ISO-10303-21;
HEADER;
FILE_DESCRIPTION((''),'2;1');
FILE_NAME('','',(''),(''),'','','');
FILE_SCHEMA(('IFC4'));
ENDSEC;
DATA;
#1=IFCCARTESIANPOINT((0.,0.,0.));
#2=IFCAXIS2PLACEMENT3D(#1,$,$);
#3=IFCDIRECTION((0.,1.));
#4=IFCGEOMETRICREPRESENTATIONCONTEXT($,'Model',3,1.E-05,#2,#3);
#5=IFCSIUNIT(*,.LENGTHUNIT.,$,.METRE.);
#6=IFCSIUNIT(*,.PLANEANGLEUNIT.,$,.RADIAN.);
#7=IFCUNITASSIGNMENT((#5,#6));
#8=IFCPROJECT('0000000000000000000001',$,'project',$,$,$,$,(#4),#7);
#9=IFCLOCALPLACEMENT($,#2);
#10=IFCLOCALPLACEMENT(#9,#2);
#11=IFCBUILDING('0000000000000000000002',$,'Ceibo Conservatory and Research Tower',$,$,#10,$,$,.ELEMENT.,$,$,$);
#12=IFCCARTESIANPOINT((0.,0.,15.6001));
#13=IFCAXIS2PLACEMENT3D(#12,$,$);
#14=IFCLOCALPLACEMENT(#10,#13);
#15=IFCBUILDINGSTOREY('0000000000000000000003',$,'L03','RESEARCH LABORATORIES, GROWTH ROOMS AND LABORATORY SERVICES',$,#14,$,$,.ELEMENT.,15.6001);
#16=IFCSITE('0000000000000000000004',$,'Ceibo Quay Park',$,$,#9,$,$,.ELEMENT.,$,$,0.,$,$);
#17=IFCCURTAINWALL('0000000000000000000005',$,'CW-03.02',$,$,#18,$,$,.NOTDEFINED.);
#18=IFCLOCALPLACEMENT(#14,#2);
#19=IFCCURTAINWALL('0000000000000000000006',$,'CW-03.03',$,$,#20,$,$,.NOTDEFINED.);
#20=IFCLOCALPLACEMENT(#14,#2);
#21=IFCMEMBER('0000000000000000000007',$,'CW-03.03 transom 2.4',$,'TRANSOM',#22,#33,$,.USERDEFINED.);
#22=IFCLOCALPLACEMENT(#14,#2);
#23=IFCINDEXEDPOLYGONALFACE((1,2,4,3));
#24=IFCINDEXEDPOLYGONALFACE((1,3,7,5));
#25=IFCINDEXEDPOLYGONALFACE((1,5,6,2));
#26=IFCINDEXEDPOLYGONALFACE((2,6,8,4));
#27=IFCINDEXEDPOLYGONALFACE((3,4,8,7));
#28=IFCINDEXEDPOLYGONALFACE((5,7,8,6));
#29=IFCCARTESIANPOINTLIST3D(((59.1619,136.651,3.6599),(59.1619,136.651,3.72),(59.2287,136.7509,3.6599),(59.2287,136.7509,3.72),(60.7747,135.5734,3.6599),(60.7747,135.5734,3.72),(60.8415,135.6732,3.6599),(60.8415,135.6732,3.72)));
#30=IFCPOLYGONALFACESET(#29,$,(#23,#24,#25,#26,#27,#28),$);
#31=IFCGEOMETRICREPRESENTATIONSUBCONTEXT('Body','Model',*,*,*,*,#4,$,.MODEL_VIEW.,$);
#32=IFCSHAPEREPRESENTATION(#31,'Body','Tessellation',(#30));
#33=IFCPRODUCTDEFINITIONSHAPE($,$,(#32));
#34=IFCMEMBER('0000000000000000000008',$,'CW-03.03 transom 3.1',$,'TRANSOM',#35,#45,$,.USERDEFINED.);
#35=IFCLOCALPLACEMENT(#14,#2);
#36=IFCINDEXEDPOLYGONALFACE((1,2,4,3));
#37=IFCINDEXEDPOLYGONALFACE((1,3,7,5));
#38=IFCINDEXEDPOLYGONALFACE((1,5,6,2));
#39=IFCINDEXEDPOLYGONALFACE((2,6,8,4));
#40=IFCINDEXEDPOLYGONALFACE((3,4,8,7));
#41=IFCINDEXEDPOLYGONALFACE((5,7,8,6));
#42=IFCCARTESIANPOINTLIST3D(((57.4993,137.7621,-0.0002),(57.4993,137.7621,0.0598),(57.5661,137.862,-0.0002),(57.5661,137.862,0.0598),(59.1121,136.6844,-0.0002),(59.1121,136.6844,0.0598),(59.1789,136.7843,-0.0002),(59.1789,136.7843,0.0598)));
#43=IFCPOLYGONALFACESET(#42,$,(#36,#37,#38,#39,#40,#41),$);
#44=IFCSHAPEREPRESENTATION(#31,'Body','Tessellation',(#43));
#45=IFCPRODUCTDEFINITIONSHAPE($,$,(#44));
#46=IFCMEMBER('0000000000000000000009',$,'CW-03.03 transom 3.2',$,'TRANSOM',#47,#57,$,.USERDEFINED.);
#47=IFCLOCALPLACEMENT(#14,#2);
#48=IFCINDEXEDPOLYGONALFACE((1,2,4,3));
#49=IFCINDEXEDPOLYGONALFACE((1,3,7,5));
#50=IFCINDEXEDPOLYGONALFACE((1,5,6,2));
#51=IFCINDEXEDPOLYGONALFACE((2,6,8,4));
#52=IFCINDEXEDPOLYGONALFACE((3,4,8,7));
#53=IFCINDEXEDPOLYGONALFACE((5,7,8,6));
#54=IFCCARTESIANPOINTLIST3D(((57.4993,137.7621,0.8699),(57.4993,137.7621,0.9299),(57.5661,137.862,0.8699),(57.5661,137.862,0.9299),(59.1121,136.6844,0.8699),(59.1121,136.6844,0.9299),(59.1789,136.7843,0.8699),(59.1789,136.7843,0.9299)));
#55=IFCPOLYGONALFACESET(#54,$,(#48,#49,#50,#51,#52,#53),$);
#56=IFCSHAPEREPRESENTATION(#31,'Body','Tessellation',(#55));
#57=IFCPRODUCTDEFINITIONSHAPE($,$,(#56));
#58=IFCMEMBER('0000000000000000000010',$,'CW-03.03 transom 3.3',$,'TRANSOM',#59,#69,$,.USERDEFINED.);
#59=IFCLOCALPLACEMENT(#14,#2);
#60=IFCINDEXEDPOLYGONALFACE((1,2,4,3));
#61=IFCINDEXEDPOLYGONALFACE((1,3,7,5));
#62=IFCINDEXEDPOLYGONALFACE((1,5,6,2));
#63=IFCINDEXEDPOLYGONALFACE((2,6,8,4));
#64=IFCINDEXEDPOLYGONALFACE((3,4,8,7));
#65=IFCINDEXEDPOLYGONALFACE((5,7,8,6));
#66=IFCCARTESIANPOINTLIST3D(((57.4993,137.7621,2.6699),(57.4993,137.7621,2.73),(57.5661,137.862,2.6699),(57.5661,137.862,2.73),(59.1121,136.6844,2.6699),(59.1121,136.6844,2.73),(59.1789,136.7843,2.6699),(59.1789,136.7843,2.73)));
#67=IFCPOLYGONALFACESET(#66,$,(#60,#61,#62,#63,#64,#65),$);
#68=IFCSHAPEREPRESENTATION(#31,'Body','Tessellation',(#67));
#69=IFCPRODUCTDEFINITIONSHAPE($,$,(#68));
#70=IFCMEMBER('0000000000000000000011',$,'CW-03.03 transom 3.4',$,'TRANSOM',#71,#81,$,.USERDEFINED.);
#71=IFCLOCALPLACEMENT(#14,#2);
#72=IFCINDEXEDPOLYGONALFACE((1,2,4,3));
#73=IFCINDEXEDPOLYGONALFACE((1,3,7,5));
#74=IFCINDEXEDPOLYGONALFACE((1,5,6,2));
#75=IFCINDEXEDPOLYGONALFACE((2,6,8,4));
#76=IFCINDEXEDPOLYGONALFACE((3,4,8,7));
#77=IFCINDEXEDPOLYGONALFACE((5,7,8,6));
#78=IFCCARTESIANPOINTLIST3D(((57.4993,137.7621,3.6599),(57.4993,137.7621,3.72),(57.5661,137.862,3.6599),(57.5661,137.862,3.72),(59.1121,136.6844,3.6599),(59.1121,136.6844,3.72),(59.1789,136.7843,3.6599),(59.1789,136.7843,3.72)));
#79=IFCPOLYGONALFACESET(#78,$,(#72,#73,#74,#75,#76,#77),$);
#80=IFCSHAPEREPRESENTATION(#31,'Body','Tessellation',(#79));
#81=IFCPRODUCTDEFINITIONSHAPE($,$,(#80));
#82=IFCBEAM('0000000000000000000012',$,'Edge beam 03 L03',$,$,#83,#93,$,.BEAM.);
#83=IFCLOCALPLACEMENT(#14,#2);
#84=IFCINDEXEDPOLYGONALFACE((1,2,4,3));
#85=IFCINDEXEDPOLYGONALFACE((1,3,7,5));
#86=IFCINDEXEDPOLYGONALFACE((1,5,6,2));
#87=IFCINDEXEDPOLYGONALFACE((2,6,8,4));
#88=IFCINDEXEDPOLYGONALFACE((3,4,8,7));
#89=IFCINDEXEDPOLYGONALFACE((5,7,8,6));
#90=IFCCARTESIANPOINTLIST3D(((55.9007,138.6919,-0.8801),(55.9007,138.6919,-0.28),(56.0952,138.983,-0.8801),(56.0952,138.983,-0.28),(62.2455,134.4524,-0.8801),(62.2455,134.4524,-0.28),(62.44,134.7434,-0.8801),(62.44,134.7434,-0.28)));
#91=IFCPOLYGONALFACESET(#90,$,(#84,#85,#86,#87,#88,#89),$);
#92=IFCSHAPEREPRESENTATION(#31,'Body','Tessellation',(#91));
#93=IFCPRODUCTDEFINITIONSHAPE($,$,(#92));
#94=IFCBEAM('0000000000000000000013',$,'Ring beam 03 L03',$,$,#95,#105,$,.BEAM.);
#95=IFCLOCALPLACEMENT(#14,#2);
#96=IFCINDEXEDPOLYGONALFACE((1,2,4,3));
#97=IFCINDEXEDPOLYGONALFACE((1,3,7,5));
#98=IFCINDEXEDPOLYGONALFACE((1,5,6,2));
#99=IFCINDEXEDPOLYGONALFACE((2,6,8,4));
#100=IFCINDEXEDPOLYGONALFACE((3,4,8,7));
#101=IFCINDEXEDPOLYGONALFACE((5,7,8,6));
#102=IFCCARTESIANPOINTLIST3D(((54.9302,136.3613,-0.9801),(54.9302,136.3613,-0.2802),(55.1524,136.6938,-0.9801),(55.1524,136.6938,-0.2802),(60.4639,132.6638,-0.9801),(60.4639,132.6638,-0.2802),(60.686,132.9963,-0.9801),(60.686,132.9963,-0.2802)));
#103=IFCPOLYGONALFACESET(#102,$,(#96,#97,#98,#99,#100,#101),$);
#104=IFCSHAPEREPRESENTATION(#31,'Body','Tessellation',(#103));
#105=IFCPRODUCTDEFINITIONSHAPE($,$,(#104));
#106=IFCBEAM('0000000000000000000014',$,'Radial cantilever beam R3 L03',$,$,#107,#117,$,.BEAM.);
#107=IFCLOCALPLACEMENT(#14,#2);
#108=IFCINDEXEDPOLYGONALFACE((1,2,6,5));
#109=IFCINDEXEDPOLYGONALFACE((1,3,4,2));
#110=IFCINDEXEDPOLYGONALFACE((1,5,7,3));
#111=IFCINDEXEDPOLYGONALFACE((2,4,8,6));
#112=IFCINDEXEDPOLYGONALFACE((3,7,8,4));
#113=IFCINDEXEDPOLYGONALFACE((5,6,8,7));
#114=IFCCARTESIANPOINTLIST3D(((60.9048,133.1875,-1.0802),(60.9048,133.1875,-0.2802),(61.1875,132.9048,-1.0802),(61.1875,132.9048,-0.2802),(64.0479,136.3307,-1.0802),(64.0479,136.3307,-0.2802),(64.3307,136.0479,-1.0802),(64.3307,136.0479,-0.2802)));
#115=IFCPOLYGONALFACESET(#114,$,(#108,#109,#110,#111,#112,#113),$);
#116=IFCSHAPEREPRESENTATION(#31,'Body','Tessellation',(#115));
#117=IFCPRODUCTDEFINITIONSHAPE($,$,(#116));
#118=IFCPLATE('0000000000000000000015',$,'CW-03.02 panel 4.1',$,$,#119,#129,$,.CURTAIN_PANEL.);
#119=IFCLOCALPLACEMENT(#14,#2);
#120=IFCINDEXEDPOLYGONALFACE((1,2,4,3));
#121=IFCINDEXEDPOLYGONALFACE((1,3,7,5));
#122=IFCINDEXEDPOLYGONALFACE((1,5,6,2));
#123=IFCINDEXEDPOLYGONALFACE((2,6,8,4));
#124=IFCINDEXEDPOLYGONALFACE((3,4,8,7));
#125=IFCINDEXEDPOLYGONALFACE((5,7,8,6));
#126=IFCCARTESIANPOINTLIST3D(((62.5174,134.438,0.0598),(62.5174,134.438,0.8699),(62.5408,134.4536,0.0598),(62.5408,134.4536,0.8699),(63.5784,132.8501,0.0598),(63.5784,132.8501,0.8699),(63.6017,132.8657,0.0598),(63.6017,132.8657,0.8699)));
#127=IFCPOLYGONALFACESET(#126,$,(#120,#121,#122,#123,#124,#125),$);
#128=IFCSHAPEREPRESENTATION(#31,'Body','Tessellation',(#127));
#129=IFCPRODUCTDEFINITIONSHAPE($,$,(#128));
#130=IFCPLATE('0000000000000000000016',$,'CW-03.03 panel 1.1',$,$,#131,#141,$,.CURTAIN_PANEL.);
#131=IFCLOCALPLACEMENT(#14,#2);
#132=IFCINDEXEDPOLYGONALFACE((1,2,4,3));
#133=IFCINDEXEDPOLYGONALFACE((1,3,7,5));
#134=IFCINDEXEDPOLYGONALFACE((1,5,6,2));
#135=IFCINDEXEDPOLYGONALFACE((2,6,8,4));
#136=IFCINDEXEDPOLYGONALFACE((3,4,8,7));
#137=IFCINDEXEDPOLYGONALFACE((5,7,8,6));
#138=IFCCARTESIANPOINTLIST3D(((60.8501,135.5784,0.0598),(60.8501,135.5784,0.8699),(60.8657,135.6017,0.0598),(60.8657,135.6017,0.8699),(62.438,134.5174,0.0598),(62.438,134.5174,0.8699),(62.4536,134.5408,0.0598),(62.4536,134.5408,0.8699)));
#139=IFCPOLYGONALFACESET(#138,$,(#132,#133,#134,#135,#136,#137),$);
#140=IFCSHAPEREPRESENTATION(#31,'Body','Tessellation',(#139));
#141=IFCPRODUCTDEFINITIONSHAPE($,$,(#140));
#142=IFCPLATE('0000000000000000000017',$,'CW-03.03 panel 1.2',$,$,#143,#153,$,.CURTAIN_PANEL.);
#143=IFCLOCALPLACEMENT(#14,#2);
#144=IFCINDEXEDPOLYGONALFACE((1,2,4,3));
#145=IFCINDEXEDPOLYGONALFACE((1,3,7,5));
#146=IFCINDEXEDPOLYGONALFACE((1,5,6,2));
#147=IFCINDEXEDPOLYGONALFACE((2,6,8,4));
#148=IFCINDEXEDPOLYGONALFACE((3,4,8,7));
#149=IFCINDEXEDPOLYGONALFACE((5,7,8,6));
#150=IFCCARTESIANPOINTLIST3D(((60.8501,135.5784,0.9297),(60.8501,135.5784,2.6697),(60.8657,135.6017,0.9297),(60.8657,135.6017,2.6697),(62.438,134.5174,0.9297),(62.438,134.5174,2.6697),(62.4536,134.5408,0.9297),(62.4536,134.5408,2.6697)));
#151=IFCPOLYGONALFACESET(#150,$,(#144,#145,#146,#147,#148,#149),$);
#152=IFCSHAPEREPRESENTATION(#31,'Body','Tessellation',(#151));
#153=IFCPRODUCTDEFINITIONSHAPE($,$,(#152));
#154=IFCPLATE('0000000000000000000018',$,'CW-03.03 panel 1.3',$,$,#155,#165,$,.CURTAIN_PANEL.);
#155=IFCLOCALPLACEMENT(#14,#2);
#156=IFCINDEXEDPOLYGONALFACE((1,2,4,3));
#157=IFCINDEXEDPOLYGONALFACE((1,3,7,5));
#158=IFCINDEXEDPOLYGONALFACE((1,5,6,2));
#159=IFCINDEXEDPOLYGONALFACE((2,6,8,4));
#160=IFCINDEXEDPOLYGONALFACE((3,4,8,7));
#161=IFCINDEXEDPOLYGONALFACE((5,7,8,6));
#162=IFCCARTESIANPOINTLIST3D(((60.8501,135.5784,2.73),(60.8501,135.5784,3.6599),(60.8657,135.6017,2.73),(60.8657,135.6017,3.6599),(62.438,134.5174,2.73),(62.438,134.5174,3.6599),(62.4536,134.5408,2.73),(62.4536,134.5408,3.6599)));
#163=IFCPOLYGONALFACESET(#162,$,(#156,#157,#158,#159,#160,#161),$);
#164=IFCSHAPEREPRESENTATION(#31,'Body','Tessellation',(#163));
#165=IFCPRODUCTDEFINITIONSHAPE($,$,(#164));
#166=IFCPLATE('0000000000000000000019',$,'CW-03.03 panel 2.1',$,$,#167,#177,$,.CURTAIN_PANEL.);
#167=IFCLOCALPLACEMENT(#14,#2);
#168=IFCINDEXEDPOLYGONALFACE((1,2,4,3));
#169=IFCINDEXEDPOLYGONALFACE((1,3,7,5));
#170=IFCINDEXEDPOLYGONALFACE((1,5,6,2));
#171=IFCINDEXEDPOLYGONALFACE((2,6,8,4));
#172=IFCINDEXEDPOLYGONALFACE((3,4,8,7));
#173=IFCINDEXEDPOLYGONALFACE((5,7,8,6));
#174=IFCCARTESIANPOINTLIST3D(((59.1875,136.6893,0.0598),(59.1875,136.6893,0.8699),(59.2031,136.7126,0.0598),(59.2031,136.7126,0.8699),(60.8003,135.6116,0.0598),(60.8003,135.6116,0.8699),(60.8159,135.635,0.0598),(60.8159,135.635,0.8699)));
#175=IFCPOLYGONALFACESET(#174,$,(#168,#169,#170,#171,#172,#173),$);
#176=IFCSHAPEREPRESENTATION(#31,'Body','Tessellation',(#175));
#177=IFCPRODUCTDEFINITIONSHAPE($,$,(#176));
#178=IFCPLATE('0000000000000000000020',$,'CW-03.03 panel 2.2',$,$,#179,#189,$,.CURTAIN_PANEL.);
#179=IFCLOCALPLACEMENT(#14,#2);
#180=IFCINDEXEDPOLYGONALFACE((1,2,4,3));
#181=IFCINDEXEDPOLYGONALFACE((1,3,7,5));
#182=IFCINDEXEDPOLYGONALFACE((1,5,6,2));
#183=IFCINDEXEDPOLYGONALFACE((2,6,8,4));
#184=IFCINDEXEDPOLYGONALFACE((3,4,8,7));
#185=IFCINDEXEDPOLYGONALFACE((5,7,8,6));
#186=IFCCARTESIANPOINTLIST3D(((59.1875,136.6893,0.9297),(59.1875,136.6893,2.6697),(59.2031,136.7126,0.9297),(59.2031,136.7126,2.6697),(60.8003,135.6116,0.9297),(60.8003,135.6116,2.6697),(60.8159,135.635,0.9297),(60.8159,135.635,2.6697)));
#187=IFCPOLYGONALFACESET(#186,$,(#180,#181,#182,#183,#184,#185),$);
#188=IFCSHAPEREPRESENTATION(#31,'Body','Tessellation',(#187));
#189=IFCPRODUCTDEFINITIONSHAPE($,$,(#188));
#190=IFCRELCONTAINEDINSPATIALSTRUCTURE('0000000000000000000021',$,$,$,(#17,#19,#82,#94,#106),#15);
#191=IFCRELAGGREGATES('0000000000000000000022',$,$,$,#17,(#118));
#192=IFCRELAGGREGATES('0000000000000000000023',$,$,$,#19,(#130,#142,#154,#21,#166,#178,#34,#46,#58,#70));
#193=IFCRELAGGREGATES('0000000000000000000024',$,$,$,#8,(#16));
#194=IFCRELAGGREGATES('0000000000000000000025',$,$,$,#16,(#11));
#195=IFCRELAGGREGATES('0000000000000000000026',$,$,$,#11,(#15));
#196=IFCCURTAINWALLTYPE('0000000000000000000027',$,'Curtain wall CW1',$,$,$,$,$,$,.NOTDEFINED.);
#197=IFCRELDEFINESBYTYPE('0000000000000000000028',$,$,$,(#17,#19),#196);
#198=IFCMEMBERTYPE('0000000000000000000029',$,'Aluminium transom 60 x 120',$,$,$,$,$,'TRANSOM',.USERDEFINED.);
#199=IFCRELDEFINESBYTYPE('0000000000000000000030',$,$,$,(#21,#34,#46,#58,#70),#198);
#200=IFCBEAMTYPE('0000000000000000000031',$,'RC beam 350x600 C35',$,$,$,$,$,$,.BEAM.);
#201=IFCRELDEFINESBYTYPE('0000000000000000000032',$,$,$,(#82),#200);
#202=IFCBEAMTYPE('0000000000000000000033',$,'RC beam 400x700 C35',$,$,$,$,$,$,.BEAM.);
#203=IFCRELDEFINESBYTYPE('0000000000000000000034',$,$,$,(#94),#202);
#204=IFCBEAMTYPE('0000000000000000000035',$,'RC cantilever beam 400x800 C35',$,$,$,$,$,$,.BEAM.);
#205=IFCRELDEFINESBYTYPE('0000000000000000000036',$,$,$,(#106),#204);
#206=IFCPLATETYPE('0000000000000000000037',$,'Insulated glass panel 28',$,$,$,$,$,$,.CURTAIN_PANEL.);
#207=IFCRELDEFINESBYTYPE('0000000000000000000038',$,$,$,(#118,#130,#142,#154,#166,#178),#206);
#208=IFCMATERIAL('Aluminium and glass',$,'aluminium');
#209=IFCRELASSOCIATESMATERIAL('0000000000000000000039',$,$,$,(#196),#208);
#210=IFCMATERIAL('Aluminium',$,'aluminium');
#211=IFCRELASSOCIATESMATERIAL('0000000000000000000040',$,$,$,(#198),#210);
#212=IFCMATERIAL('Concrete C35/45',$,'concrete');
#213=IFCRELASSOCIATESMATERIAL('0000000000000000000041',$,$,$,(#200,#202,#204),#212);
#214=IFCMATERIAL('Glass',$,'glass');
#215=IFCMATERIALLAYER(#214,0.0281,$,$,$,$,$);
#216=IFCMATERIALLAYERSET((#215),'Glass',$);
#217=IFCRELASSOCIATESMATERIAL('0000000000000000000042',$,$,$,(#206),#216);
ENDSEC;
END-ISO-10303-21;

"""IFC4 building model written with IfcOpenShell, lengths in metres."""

from ifc_helpers import new_model, si_unit, direction, frame, origin, origin_2d, place, context, subcontext, project, spatial, rectangle, extrude, material, layer, layer_set, material_profile, profile_set, type_object, element, aggregate, save


model = new_model("IFC4")

# Units and contexts
model_context = context("Model", 3, precision=1e-05, world=origin(), true_north=direction((0.0, 1.0)))
body_context = subcontext(model_context, "Body", "Model", "MODEL_VIEW")
ifc_project = project(units=[si_unit("LENGTHUNIT", "METRE"), si_unit("PLANEANGLEUNIT", "RADIAN")], contexts=[model_context])

# Site, building, storey
site_placement = place(None, origin())
site = spatial("IfcSite", under=ifc_project, at=site_placement, Name="Ceibo Quay Park", CompositionType="ELEMENT", RefElevation=0.0)
building_placement = place(site_placement, origin())
building = spatial("IfcBuilding", under=site, at=building_placement, Name="Ceibo Conservatory and Research Tower", CompositionType="ELEMENT")
storey_placement = place(building_placement, frame((0.0, 0.0, 15.6001)))
storey = spatial("IfcBuildingStorey", under=building, at=storey_placement, Name="L03", Description="RESEARCH LABORATORIES, GROWTH ROOMS AND LABORATORY SERVICES", CompositionType="ELEMENT", Elevation=15.6001)

# Shared definitions
ifc_material_1 = material(Name="Concrete C35/45", Category="concrete")

# Curtain wall
ifc_material_2 = material(Name="Aluminium and glass", Category="aluminium")
curtain_wall_type = type_object("IfcCurtainWallType", Name="Curtain wall CW1", PredefinedType="NOTDEFINED", material=ifc_material_2)
curtain_wall_1_placement = place(storey_placement, origin())
curtain_wall_1 = element("IfcCurtainWall", 1, at=curtain_wall_1_placement, inside=storey, type_object=curtain_wall_type, Name="CW-03.02", PredefinedType="NOTDEFINED")
ifc_material_3 = material(Name="Aluminium", Category="aluminium")

# Curtain wall, members
curtain_wall_2_placement = place(storey_placement, origin())
curtain_wall_2 = element("IfcCurtainWall", 2, at=curtain_wall_2_placement, inside=storey, type_object=curtain_wall_type, Name="CW-03.03", PredefinedType="NOTDEFINED")
ifc_material_profile_1 = material_profile(ifc_material_3, rectangle(XDim=0.1201, YDim=0.0601, at=origin_2d()), Name="Aluminium 60 x 120")
ifc_profile_set_1 = profile_set([ifc_material_profile_1], Name="Aluminium")
member_type_1 = type_object("IfcMemberType", Name="Aluminium transom 60 x 120", ElementType="TRANSOM", PredefinedType="USERDEFINED", material=ifc_profile_set_1)
member_1_placement = place(storey_placement, frame((60.8081, 135.6233, 3.6899), z_axis=(-0.831469, 0.555571, 0.0), x_axis=(-0.555571, -0.831469, 0.0)))
member_1 = element("IfcMember", 3, at=member_1_placement, type_object=member_type_1, Name="CW-03.03 transom 2.4", ObjectType="TRANSOM", PredefinedType="USERDEFINED", context=body_context, shape_type="SweptSolid", body=[
    extrude(rectangle(XDim=0.1201, YDim=0.0601, at=origin_2d()), origin(), (0.0, 0.0, 1.0), 1.9397),
])
member_2_placement = place(storey_placement, frame((59.1455, 136.7344, 0.0298), z_axis=(-0.831469, 0.555571, 0.0), x_axis=(-0.555571, -0.831469, 0.0)))
member_2 = element("IfcMember", 4, at=member_2_placement, type_object=member_type_1, Name="CW-03.03 transom 3.1", ObjectType="TRANSOM", PredefinedType="USERDEFINED", context=body_context, shape_type="SweptSolid", body=[
    extrude(rectangle(XDim=0.1201, YDim=0.0601, at=origin_2d()), origin(), (0.0, 0.0, 1.0), 1.9397),
])
member_3_placement = place(storey_placement, frame((59.1455, 136.7344, 0.8999), z_axis=(-0.831469, 0.555571, 0.0), x_axis=(-0.555571, -0.831469, 0.0)))
member_3 = element("IfcMember", 5, at=member_3_placement, type_object=member_type_1, Name="CW-03.03 transom 3.2", ObjectType="TRANSOM", PredefinedType="USERDEFINED", context=body_context, shape_type="SweptSolid", body=[
    extrude(rectangle(XDim=0.1201, YDim=0.0601, at=origin_2d()), origin(), (0.0, 0.0, 1.0), 1.9397),
])
member_4_placement = place(storey_placement, frame((59.1455, 136.7344, 2.7), z_axis=(-0.831469, 0.555571, 0.0), x_axis=(-0.555571, -0.831469, 0.0)))
member_4 = element("IfcMember", 6, at=member_4_placement, type_object=member_type_1, Name="CW-03.03 transom 3.3", ObjectType="TRANSOM", PredefinedType="USERDEFINED", context=body_context, shape_type="SweptSolid", body=[
    extrude(rectangle(XDim=0.1201, YDim=0.0601, at=origin_2d()), origin(), (0.0, 0.0, 1.0), 1.9397),
])
member_5_placement = place(storey_placement, frame((59.1455, 136.7344, 3.6899), z_axis=(-0.831469, 0.555571, 0.0), x_axis=(-0.555571, -0.831469, 0.0)))
member_5 = element("IfcMember", 7, at=member_5_placement, type_object=member_type_1, Name="CW-03.03 transom 3.4", ObjectType="TRANSOM", PredefinedType="USERDEFINED", context=body_context, shape_type="SweptSolid", body=[
    extrude(rectangle(XDim=0.1201, YDim=0.0601, at=origin_2d()), origin(), (0.0, 0.0, 1.0), 1.9397),
])

# Beams
ifc_material_profile_2 = material_profile(ifc_material_1, rectangle(XDim=0.3501, YDim=0.6001, at=origin_2d()), Name="RC 350x600")
ifc_profile_set_2 = profile_set([ifc_material_profile_2], Name="Concrete C35/45")
beam_type_1 = type_object("IfcBeamType", Name="RC beam 350x600 C35", PredefinedType="BEAM", material=ifc_profile_set_2)
beam_1_placement = place(storey_placement, frame((62.3428, 134.5979, -0.5801), z_axis=(-0.831464, 0.555578, 0.0), x_axis=(-0.555578, -0.831464, 0.0)))
element("IfcBeam", 8, at=beam_1_placement, inside=storey, type_object=beam_type_1, Name="Edge beam 03 L03", PredefinedType="BEAM", context=body_context, shape_type="SweptSolid", body=[
    extrude(rectangle(XDim=0.3501, YDim=0.6001, at=origin_2d()), origin(), (0.0, 0.0, 1.0), 7.6309),
])
ifc_material_profile_3 = material_profile(ifc_material_1, rectangle(XDim=0.3999, YDim=0.7, at=origin_2d()), Name="RC 400x700")
ifc_profile_set_3 = profile_set([ifc_material_profile_3], Name="Concrete C35/45")
beam_type_2 = type_object("IfcBeamType", Name="RC beam 400x700 C35", PredefinedType="BEAM", material=ifc_profile_set_3)
beam_2_placement = place(storey_placement, frame((60.575, 132.8301, -0.6301), z_axis=(-0.831469, 0.555572, 0.0), x_axis=(-0.555572, -0.831469, 0.0)))
element("IfcBeam", 9, at=beam_2_placement, inside=storey, type_object=beam_type_2, Name="Ring beam 03 L03", PredefinedType="BEAM", context=body_context, shape_type="SweptSolid", body=[
    extrude(rectangle(XDim=0.3999, YDim=0.7, at=origin_2d()), origin(), (0.0, 0.0, 1.0), 6.6553),
])
ifc_material_profile_4 = material_profile(ifc_material_1, rectangle(XDim=0.3999, YDim=0.8, at=origin_2d()), Name="RC 400x800")
ifc_profile_set_4 = profile_set([ifc_material_profile_4], Name="Concrete C35/45")
beam_type_3 = type_object("IfcBeamType", Name="RC cantilever beam 400x800 C35", PredefinedType="BEAM", material=ifc_profile_set_4)
beam_3_placement = place(storey_placement, frame((61.0461, 133.0461, -0.6802), z_axis=(0.707107, 0.707107, 0.0), x_axis=(-0.707107, 0.707107, 0.0)))
element("IfcBeam", 10, at=beam_3_placement, inside=storey, type_object=beam_type_3, Name="Radial cantilever beam R3 L03", PredefinedType="BEAM", context=body_context, shape_type="SweptSolid", body=[
    extrude(rectangle(XDim=0.3999, YDim=0.8, at=origin_2d()), origin(), (0.0, 0.0, 1.0), 4.4451),
])

# Plates
ifc_material_4 = material(Name="Glass", Category="glass")
ifc_layer = layer(ifc_material_4, 0.0281)
ifc_layer_set = layer_set([ifc_layer], Name="Glass")
plate_type = type_object("IfcPlateType", Name="Insulated glass panel 28", PredefinedType="CURTAIN_PANEL", material=ifc_layer_set)
plate_1_placement = place(storey_placement, frame((63.0596, 133.6519, 0.0598), z_axis=(0.0, 0.0, 1.0), x_axis=(-0.55557, 0.83147, 0.0)))
plate_1 = element("IfcPlate", 11, at=plate_1_placement, type_object=plate_type, Name="CW-03.02 panel 4.1", PredefinedType="CURTAIN_PANEL", context=body_context, shape_type="SweptSolid", body=[
    extrude(rectangle(XDim=1.9097, YDim=0.0281, at=origin_2d()), origin(), (0.0, 0.0, 1.0), 0.8101),
])
aggregate(curtain_wall_1, [plate_1])
plate_2_placement = place(storey_placement, frame((61.6519, 135.0596, 0.0598), z_axis=(0.0, 0.0, 1.0), x_axis=(-0.83147, 0.55557, 0.0)))
plate_2 = element("IfcPlate", 12, at=plate_2_placement, type_object=plate_type, Name="CW-03.03 panel 1.1", PredefinedType="CURTAIN_PANEL", context=body_context, shape_type="SweptSolid", body=[
    extrude(rectangle(XDim=1.9097, YDim=0.0281, at=origin_2d()), origin(), (0.0, 0.0, 1.0), 0.8101),
])
plate_3_placement = place(storey_placement, frame((61.6519, 135.0596, 0.9297), z_axis=(0.0, 0.0, 1.0), x_axis=(-0.83147, 0.55557, 0.0)))
plate_3 = element("IfcPlate", 13, at=plate_3_placement, type_object=plate_type, Name="CW-03.03 panel 1.2", PredefinedType="CURTAIN_PANEL", context=body_context, shape_type="SweptSolid", body=[
    extrude(rectangle(XDim=1.9097, YDim=0.0281, at=origin_2d()), origin(), (0.0, 0.0, 1.0), 1.74),
])
plate_4_placement = place(storey_placement, frame((61.6519, 135.0596, 2.73), z_axis=(0.0, 0.0, 1.0), x_axis=(-0.83147, 0.55557, 0.0)))
plate_4 = element("IfcPlate", 14, at=plate_4_placement, type_object=plate_type, Name="CW-03.03 panel 1.3", PredefinedType="CURTAIN_PANEL", context=body_context, shape_type="SweptSolid", body=[
    extrude(rectangle(XDim=1.9097, YDim=0.0281, at=origin_2d()), origin(), (0.0, 0.0, 1.0), 0.9299),
])
plate_5_placement = place(storey_placement, frame((60.0017, 136.1621, 0.0598), z_axis=(0.0, 0.0, 1.0), x_axis=(-0.83147, 0.55557, 0.0)))
plate_5 = element("IfcPlate", 15, at=plate_5_placement, type_object=plate_type, Name="CW-03.03 panel 2.1", PredefinedType="CURTAIN_PANEL", context=body_context, shape_type="SweptSolid", body=[
    extrude(rectangle(XDim=1.9397, YDim=0.0281, at=origin_2d()), origin(), (0.0, 0.0, 1.0), 0.8101),
])
plate_6_placement = place(storey_placement, frame((60.0017, 136.1621, 0.9297), z_axis=(0.0, 0.0, 1.0), x_axis=(-0.83147, 0.55557, 0.0)))
plate_6 = element("IfcPlate", 16, at=plate_6_placement, type_object=plate_type, Name="CW-03.03 panel 2.2", PredefinedType="CURTAIN_PANEL", context=body_context, shape_type="SweptSolid", body=[
    extrude(rectangle(XDim=1.9397, YDim=0.0281, at=origin_2d()), origin(), (0.0, 0.0, 1.0), 1.74),
])
aggregate(curtain_wall_2, [plate_2, plate_3, plate_4, member_1, plate_5, plate_6, member_2, member_3, member_4, member_5])

save(model, "model.ifc")
